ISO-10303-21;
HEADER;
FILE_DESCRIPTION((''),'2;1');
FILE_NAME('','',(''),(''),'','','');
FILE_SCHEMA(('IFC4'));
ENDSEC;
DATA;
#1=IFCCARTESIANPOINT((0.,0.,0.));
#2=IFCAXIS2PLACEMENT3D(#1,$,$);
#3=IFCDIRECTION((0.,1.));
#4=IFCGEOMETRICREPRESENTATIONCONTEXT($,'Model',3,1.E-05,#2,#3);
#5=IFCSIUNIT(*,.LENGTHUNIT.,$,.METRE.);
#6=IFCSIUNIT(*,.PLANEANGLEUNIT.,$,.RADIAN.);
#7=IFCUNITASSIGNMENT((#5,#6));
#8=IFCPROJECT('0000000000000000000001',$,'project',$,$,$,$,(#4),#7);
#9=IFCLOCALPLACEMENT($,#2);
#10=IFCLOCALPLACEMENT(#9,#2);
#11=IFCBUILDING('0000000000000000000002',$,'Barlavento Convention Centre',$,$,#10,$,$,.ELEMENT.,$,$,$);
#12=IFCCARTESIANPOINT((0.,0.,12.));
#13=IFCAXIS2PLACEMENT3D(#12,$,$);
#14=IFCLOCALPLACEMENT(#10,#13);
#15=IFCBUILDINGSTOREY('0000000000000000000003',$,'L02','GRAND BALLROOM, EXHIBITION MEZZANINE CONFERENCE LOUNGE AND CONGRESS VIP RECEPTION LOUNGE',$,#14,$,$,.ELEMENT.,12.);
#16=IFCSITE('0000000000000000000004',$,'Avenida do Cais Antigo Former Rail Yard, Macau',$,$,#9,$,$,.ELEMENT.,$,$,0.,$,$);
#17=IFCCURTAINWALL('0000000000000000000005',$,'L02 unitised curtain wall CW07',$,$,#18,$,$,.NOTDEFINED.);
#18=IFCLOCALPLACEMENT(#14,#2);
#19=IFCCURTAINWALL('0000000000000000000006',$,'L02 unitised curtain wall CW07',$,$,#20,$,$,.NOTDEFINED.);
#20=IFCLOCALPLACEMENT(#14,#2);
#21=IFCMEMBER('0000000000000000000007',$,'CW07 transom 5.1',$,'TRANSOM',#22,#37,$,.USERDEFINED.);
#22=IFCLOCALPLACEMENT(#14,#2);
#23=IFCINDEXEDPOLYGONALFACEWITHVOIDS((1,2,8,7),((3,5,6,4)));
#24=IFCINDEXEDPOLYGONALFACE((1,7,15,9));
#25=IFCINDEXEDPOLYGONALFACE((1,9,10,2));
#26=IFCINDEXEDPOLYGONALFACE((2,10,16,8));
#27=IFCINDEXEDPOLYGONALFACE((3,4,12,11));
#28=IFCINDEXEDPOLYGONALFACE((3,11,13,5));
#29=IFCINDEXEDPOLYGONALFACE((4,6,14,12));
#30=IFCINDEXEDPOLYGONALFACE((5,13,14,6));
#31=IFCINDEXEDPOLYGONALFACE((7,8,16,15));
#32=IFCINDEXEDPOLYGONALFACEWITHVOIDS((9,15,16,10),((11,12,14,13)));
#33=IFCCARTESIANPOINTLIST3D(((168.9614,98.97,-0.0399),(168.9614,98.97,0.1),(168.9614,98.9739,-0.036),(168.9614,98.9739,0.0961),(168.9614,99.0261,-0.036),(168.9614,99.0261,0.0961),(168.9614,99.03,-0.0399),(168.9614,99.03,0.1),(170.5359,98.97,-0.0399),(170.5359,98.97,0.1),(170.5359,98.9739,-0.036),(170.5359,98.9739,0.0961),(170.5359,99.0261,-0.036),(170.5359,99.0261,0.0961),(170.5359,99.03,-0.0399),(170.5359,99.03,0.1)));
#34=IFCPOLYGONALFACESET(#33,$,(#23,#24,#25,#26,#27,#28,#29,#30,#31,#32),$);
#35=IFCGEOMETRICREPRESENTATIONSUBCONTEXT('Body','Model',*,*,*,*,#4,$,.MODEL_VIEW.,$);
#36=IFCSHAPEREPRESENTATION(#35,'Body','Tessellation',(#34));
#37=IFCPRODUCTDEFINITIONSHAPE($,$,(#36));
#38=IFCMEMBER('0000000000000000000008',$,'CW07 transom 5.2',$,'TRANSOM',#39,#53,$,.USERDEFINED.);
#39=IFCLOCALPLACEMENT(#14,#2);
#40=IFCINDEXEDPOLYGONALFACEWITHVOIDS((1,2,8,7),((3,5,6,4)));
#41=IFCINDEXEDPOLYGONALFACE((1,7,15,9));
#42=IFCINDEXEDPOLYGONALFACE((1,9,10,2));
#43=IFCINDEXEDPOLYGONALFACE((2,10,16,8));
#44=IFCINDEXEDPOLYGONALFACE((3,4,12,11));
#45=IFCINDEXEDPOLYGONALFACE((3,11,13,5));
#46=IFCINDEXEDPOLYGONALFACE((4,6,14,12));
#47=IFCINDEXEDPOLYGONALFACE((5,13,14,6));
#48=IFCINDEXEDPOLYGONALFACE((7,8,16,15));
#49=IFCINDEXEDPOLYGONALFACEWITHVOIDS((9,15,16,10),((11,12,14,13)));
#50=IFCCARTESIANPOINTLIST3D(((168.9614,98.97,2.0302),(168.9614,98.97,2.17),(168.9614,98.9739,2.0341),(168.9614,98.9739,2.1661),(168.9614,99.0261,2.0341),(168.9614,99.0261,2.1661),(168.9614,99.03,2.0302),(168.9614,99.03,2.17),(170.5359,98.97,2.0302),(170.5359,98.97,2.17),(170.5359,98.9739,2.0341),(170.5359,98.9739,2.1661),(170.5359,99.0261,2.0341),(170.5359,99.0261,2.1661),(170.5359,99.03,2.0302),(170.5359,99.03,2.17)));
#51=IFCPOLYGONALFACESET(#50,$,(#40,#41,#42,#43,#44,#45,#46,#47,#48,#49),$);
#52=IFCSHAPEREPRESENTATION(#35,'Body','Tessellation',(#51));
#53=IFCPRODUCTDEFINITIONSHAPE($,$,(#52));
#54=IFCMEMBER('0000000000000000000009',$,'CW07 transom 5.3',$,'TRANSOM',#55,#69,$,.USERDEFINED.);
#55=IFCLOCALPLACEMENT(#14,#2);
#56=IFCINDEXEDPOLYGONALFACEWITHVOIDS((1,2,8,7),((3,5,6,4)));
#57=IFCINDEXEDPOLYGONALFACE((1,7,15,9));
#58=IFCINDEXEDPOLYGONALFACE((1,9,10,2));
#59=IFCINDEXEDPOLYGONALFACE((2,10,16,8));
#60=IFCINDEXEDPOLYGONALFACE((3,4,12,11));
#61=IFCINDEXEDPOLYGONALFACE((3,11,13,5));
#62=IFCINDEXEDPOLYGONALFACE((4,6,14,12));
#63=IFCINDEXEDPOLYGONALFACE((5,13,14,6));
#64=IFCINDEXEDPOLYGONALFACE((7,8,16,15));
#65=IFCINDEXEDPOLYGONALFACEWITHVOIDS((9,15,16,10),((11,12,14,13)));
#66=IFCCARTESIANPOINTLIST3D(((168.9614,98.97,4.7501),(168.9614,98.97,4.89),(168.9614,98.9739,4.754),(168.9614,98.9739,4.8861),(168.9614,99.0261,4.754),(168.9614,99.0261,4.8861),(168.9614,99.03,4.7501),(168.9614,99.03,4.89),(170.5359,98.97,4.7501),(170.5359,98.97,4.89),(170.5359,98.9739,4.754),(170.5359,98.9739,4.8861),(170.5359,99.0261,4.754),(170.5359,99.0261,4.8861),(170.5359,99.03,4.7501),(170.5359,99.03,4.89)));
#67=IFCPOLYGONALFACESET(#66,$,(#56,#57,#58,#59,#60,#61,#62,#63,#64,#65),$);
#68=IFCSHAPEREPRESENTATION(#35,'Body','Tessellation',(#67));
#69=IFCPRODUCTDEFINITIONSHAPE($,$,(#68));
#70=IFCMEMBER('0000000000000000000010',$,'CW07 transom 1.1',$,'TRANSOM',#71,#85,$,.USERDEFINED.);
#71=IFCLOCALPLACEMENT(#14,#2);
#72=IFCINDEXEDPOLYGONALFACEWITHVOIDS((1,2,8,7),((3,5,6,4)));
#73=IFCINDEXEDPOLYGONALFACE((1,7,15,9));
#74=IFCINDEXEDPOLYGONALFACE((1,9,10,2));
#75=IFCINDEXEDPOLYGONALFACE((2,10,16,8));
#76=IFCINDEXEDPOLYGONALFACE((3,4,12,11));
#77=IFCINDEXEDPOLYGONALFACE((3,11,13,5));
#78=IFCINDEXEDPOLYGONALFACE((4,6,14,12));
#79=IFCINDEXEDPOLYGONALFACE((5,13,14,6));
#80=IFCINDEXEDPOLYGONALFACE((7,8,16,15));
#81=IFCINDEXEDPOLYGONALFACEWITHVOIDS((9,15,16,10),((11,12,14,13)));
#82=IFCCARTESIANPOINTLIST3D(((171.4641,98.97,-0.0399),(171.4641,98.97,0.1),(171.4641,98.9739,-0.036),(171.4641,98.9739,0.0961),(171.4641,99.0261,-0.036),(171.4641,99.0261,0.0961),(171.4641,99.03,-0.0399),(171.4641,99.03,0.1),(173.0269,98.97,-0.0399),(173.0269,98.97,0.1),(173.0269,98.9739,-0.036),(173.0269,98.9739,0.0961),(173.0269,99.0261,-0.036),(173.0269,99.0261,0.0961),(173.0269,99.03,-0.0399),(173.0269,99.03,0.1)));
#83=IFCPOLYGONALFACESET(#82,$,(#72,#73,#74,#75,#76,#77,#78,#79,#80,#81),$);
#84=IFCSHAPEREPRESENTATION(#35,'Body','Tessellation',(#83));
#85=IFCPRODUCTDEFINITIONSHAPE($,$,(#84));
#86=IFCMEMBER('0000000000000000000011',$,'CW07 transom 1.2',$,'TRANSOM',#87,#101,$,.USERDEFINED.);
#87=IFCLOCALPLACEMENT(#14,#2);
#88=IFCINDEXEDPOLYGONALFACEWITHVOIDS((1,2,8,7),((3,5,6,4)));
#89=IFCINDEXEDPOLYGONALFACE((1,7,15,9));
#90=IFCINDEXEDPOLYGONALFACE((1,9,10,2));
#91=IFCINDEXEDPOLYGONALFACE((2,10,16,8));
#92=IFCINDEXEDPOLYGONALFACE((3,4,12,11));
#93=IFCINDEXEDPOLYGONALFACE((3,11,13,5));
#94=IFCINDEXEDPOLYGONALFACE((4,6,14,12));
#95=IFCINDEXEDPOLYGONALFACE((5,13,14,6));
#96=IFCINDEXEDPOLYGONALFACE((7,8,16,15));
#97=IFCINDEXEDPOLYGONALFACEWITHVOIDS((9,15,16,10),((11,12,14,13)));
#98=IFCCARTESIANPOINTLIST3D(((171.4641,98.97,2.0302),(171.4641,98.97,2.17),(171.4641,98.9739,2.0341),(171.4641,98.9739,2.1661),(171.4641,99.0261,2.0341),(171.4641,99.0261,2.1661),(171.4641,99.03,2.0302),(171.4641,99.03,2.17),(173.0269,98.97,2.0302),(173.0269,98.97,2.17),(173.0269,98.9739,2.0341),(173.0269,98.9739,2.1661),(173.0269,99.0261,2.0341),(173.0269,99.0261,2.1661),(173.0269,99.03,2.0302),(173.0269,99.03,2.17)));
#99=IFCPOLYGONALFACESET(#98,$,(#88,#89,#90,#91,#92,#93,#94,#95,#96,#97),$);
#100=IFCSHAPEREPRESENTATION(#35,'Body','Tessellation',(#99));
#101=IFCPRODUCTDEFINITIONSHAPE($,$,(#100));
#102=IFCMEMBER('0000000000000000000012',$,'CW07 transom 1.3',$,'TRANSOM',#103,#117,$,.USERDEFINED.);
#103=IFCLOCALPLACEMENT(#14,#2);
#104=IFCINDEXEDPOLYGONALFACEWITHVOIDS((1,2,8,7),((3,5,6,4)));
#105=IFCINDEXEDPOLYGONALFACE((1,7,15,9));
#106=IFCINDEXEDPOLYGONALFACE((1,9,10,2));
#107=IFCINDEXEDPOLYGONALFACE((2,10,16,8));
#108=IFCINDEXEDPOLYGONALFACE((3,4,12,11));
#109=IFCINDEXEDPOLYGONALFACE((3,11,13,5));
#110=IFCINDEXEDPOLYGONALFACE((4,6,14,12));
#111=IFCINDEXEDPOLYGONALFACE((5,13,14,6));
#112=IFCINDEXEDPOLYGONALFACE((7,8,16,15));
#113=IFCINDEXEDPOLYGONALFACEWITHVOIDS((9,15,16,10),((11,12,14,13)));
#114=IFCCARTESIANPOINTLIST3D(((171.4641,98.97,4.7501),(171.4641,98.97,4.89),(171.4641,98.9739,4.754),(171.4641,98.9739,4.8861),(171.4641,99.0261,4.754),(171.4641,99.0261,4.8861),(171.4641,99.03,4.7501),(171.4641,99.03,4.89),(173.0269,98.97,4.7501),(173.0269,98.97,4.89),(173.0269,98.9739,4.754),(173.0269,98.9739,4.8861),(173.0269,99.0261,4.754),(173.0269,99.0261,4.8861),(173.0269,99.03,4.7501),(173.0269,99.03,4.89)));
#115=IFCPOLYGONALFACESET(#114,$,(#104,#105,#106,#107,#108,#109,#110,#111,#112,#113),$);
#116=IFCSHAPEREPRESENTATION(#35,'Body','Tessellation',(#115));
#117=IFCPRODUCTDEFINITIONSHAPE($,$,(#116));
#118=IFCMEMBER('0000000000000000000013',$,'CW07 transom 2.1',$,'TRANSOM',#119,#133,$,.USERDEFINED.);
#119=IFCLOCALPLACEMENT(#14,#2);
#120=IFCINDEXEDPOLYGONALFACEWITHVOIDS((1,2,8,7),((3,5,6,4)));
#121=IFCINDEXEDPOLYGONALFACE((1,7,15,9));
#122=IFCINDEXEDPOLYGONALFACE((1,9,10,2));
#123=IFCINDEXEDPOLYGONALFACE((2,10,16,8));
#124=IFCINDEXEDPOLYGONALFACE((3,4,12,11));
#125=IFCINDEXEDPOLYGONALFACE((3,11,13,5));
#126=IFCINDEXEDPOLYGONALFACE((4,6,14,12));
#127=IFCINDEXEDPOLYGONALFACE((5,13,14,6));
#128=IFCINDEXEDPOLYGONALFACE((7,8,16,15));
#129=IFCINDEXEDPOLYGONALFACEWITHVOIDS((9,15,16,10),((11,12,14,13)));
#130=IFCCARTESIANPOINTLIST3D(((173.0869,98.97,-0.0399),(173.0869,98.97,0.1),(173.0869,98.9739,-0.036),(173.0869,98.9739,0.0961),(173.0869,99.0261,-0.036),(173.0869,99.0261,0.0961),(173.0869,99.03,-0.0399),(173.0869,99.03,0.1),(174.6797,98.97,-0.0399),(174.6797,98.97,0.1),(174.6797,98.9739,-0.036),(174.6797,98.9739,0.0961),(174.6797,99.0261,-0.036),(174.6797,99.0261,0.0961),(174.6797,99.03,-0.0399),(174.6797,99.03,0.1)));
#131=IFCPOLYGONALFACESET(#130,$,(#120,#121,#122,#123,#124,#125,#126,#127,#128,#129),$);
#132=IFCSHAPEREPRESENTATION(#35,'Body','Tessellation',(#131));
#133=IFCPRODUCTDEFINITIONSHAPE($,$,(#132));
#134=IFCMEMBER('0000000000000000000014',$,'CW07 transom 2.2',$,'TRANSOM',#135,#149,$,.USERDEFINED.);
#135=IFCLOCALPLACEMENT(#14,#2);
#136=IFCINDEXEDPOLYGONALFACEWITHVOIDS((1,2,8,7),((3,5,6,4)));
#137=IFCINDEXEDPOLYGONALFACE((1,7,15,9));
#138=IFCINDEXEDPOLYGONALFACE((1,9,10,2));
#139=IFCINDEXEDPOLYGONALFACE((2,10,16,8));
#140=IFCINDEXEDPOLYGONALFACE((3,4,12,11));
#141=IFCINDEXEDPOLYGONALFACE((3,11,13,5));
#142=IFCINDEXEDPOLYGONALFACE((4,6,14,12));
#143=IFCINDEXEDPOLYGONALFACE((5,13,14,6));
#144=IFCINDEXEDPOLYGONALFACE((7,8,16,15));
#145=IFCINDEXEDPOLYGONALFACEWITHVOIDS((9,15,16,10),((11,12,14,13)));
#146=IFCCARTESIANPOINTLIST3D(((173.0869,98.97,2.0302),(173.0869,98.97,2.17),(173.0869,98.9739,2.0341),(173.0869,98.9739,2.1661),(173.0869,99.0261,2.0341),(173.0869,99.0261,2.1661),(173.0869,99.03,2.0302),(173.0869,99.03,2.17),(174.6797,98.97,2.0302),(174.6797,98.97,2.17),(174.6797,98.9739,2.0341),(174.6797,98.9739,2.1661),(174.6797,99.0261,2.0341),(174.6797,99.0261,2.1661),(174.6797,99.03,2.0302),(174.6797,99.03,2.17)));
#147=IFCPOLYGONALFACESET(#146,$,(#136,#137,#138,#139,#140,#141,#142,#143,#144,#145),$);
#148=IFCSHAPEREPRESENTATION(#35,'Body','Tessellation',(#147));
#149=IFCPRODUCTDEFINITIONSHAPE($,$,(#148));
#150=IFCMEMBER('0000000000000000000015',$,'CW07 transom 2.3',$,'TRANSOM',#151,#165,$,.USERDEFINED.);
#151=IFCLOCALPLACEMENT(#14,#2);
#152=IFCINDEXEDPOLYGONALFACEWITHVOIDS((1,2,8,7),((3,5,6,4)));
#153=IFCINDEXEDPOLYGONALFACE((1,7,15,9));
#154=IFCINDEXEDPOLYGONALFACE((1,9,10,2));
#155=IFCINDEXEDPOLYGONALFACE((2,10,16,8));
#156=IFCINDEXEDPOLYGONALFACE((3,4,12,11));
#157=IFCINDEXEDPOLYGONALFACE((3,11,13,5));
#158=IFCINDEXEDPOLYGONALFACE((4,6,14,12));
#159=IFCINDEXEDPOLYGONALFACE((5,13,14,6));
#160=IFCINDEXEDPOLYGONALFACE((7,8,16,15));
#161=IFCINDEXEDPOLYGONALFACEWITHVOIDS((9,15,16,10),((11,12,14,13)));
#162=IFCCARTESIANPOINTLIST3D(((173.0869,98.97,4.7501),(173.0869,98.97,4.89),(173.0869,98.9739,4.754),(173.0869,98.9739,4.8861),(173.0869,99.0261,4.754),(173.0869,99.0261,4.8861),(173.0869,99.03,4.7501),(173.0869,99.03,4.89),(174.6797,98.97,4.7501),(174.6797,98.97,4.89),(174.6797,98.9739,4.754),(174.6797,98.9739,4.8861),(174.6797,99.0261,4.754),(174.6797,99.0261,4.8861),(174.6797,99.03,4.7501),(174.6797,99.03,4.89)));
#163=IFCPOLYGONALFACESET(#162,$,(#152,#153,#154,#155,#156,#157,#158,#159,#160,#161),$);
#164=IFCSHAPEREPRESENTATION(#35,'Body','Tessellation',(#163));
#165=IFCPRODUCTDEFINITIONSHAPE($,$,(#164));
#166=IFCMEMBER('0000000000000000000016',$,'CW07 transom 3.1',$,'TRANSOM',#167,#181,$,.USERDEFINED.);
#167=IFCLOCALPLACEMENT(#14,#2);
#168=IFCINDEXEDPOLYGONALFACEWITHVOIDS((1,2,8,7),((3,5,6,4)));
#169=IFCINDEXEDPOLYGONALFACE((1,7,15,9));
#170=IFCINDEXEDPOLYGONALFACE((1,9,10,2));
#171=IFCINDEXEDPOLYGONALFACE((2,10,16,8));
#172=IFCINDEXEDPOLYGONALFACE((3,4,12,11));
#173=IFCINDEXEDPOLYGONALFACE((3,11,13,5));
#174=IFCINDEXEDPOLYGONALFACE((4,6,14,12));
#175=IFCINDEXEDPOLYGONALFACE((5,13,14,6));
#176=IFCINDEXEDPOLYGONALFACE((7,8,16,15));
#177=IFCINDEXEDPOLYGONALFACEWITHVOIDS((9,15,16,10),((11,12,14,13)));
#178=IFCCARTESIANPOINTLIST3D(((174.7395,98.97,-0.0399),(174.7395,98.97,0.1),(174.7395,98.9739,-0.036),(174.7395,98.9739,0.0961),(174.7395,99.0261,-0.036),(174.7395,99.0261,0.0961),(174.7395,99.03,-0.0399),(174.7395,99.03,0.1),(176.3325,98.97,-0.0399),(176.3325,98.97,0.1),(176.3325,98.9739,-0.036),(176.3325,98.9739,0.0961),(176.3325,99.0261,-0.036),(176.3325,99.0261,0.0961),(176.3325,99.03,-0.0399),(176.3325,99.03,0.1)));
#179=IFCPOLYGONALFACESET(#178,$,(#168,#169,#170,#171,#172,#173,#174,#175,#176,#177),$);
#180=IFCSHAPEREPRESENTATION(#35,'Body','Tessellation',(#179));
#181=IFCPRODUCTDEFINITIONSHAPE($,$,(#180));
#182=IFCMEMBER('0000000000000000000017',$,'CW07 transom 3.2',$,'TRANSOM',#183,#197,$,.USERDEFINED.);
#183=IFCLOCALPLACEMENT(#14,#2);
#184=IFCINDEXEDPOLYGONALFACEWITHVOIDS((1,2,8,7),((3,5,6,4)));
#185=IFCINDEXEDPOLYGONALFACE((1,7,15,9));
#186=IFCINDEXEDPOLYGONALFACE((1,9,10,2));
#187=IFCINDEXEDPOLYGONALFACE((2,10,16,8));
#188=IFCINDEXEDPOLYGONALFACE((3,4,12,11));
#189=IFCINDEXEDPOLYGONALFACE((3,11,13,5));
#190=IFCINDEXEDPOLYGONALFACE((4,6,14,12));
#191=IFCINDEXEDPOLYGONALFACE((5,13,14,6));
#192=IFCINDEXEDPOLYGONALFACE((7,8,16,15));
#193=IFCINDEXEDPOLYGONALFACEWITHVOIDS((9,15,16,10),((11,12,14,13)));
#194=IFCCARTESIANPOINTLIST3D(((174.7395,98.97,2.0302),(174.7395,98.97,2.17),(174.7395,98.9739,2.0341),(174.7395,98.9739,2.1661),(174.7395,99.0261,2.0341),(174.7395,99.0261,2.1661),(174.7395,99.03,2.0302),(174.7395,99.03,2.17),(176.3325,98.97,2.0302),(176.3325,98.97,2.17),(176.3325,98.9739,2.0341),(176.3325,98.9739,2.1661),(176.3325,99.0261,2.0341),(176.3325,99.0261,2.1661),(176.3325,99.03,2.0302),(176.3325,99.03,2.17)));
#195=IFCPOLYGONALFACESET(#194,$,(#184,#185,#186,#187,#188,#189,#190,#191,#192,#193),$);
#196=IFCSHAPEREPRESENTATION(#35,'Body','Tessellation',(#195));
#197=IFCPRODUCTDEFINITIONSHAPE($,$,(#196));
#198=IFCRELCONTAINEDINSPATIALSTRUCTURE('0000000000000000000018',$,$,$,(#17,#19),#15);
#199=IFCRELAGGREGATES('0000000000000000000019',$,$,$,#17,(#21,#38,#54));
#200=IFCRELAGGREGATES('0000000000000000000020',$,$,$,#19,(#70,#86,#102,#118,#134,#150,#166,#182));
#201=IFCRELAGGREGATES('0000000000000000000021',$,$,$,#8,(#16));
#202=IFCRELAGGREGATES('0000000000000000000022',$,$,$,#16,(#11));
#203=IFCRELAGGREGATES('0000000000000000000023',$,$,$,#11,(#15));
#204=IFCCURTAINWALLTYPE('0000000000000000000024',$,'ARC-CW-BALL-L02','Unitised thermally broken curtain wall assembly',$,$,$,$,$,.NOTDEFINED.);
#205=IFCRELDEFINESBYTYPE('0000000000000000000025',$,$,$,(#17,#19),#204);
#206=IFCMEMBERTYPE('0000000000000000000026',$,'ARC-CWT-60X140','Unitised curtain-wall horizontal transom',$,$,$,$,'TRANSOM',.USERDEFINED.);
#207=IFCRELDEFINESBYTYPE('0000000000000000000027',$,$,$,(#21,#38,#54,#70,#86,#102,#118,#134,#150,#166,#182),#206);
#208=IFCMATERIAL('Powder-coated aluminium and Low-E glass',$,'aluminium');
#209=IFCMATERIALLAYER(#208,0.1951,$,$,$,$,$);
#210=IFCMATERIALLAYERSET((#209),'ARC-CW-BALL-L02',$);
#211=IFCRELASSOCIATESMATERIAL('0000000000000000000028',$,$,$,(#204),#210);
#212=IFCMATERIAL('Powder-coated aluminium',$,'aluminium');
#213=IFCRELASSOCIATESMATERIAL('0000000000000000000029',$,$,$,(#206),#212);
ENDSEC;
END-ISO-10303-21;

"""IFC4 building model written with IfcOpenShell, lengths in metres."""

from ifc_helpers import new_model, si_unit, direction, frame, origin, origin_2d, place, context, subcontext, project, spatial, hollow_rectangle, extrude, material, layer, layer_set, material_profile, profile_set, type_object, element, aggregate, save


model = new_model("IFC4")

# Units and contexts
model_context = context("Model", 3, precision=1e-05, world=origin(), true_north=direction((0.0, 1.0)))
body_context = subcontext(model_context, "Body", "Model", "MODEL_VIEW")
ifc_project = project(units=[si_unit("LENGTHUNIT", "METRE"), si_unit("PLANEANGLEUNIT", "RADIAN")], contexts=[model_context])

# Site, building, storey
site_placement = place(None, origin())
site = spatial("IfcSite", under=ifc_project, at=site_placement, Name="Avenida do Cais Antigo Former Rail Yard, Macau", CompositionType="ELEMENT", RefElevation=0.0)
building_placement = place(site_placement, origin())
building = spatial("IfcBuilding", under=site, at=building_placement, Name="Barlavento Convention Centre", CompositionType="ELEMENT")
storey_placement = place(building_placement, frame((0.0, 0.0, 12.0)))
storey = spatial("IfcBuildingStorey", under=building, at=storey_placement, Name="L02", Description="GRAND BALLROOM, EXHIBITION MEZZANINE CONFERENCE LOUNGE AND CONGRESS VIP RECEPTION LOUNGE", CompositionType="ELEMENT", Elevation=12.0)

# Shared definitions
ifc_material_1 = material(Name="Powder-coated aluminium and Low-E glass", Category="aluminium")
ifc_layer_1 = layer(ifc_material_1, 0.1951)
ifc_layer_set_1 = layer_set([ifc_layer_1], Name="ARC-CW-BALL-L02")
curtain_wall_type = type_object("IfcCurtainWallType", Name="ARC-CW-BALL-L02", Description="Unitised thermally broken curtain wall assembly", PredefinedType="NOTDEFINED", material=ifc_layer_set_1)
ifc_material_2 = material(Name="Powder-coated aluminium", Category="aluminium")

# Curtain walls
curtain_wall_1_placement = place(storey_placement, origin())
curtain_wall_1 = element("IfcCurtainWall", 1, at=curtain_wall_1_placement, inside=storey, type_object=curtain_wall_type, Name="L02 unitised curtain wall CW07", PredefinedType="NOTDEFINED")
curtain_wall_2_placement = place(storey_placement, origin())
curtain_wall_2 = element("IfcCurtainWall", 2, at=curtain_wall_2_placement, inside=storey, type_object=curtain_wall_type, Name="L02 unitised curtain wall CW07", PredefinedType="NOTDEFINED")

# Members
ifc_material_profile_1 = material_profile(ifc_material_2, hollow_rectangle(XDim=0.0601, YDim=0.1399, WallThickness=0.0039, at=origin_2d()), Name="AL-TRAN 60x140x4")
ifc_profile_set_1 = profile_set([ifc_material_profile_1], Name="Powder-coated aluminium")
member_type_1 = type_object("IfcMemberType", Name="ARC-CWT-60X140", Description="Unitised curtain-wall horizontal transom", ElementType="TRANSOM", PredefinedType="USERDEFINED", material=ifc_profile_set_1)
member_1_placement = place(storey_placement, frame((168.9614, 99.0, 0.03), z_axis=(1.0, 0.0, 0.0), x_axis=(0.0, 1.0, 0.0)))
member_1 = element("IfcMember", 3, at=member_1_placement, type_object=member_type_1, Name="CW07 transom 5.1", ObjectType="TRANSOM", PredefinedType="USERDEFINED", context=body_context, shape_type="SweptSolid", body=[
    extrude(hollow_rectangle(XDim=0.0601, YDim=0.1399, WallThickness=0.0039, at=origin_2d()), origin(), (0.0, 0.0, 1.0), 1.5745),
])
member_2_placement = place(storey_placement, frame((168.9614, 99.0, 2.1001), z_axis=(1.0, 0.0, 0.0), x_axis=(0.0, 1.0, 0.0)))
member_2 = element("IfcMember", 4, at=member_2_placement, type_object=member_type_1, Name="CW07 transom 5.2", ObjectType="TRANSOM", PredefinedType="USERDEFINED", context=body_context, shape_type="SweptSolid", body=[
    extrude(hollow_rectangle(XDim=0.0601, YDim=0.1399, WallThickness=0.0039, at=origin_2d()), origin(), (0.0, 0.0, 1.0), 1.5745),
])
member_3_placement = place(storey_placement, frame((168.9614, 99.0, 4.8201), z_axis=(1.0, 0.0, 0.0), x_axis=(0.0, 1.0, 0.0)))
member_3 = element("IfcMember", 5, at=member_3_placement, type_object=member_type_1, Name="CW07 transom 5.3", ObjectType="TRANSOM", PredefinedType="USERDEFINED", context=body_context, shape_type="SweptSolid", body=[
    extrude(hollow_rectangle(XDim=0.0601, YDim=0.1399, WallThickness=0.0039, at=origin_2d()), origin(), (0.0, 0.0, 1.0), 1.5745),
])
member_4_placement = place(storey_placement, frame((171.4641, 99.0, 0.03), z_axis=(1.0, 0.0, 0.0), x_axis=(0.0, 1.0, 0.0)))
member_4 = element("IfcMember", 6, at=member_4_placement, type_object=member_type_1, Name="CW07 transom 1.1", ObjectType="TRANSOM", PredefinedType="USERDEFINED", context=body_context, shape_type="SweptSolid", body=[
    extrude(hollow_rectangle(XDim=0.0601, YDim=0.1399, WallThickness=0.0039, at=origin_2d()), origin(), (0.0, 0.0, 1.0), 1.5627),
])
member_5_placement = place(storey_placement, frame((171.4641, 99.0, 2.1001), z_axis=(1.0, 0.0, 0.0), x_axis=(0.0, 1.0, 0.0)))
member_5 = element("IfcMember", 7, at=member_5_placement, type_object=member_type_1, Name="CW07 transom 1.2", ObjectType="TRANSOM", PredefinedType="USERDEFINED", context=body_context, shape_type="SweptSolid", body=[
    extrude(hollow_rectangle(XDim=0.0601, YDim=0.1399, WallThickness=0.0039, at=origin_2d()), origin(), (0.0, 0.0, 1.0), 1.5627),
])
member_6_placement = place(storey_placement, frame((171.4641, 99.0, 4.8201), z_axis=(1.0, 0.0, 0.0), x_axis=(0.0, 1.0, 0.0)))
member_6 = element("IfcMember", 8, at=member_6_placement, type_object=member_type_1, Name="CW07 transom 1.3", ObjectType="TRANSOM", PredefinedType="USERDEFINED", context=body_context, shape_type="SweptSolid", body=[
    extrude(hollow_rectangle(XDim=0.0601, YDim=0.1399, WallThickness=0.0039, at=origin_2d()), origin(), (0.0, 0.0, 1.0), 1.5627),
])
member_7_placement = place(storey_placement, frame((173.0869, 99.0, 0.03), z_axis=(1.0, 0.0, 0.0), x_axis=(0.0, 1.0, 0.0)))
member_7 = element("IfcMember", 9, at=member_7_placement, type_object=member_type_1, Name="CW07 transom 2.1", ObjectType="TRANSOM", PredefinedType="USERDEFINED", context=body_context, shape_type="SweptSolid", body=[
    extrude(hollow_rectangle(XDim=0.0601, YDim=0.1399, WallThickness=0.0039, at=origin_2d()), origin(), (0.0, 0.0, 1.0), 1.5928),
])
member_8_placement = place(storey_placement, frame((173.0869, 99.0, 2.1001), z_axis=(1.0, 0.0, 0.0), x_axis=(0.0, 1.0, 0.0)))
member_8 = element("IfcMember", 10, at=member_8_placement, type_object=member_type_1, Name="CW07 transom 2.2", ObjectType="TRANSOM", PredefinedType="USERDEFINED", context=body_context, shape_type="SweptSolid", body=[
    extrude(hollow_rectangle(XDim=0.0601, YDim=0.1399, WallThickness=0.0039, at=origin_2d()), origin(), (0.0, 0.0, 1.0), 1.5928),
])
member_9_placement = place(storey_placement, frame((173.0869, 99.0, 4.8201), z_axis=(1.0, 0.0, 0.0), x_axis=(0.0, 1.0, 0.0)))
member_9 = element("IfcMember", 11, at=member_9_placement, type_object=member_type_1, Name="CW07 transom 2.3", ObjectType="TRANSOM", PredefinedType="USERDEFINED", context=body_context, shape_type="SweptSolid", body=[
    extrude(hollow_rectangle(XDim=0.0601, YDim=0.1399, WallThickness=0.0039, at=origin_2d()), origin(), (0.0, 0.0, 1.0), 1.5928),
])
member_10_placement = place(storey_placement, frame((174.7395, 99.0, 0.03), z_axis=(1.0, 0.0, 0.0), x_axis=(0.0, 1.0, 0.0)))
member_10 = element("IfcMember", 12, at=member_10_placement, type_object=member_type_1, Name="CW07 transom 3.1", ObjectType="TRANSOM", PredefinedType="USERDEFINED", context=body_context, shape_type="SweptSolid", body=[
    extrude(hollow_rectangle(XDim=0.0601, YDim=0.1399, WallThickness=0.0039, at=origin_2d()), origin(), (0.0, 0.0, 1.0), 1.593),
])
member_11_placement = place(storey_placement, frame((174.7395, 99.0, 2.1001), z_axis=(1.0, 0.0, 0.0), x_axis=(0.0, 1.0, 0.0)))
member_11 = element("IfcMember", 13, at=member_11_placement, type_object=member_type_1, Name="CW07 transom 3.2", ObjectType="TRANSOM", PredefinedType="USERDEFINED", context=body_context, shape_type="SweptSolid", body=[
    extrude(hollow_rectangle(XDim=0.0601, YDim=0.1399, WallThickness=0.0039, at=origin_2d()), origin(), (0.0, 0.0, 1.0), 1.593),
])

aggregate(curtain_wall_1, [member_1, member_2, member_3])
aggregate(curtain_wall_2, [member_4, member_5, member_6, member_7, member_8, member_9, member_10, member_11])

save(model, "model.ifc")
